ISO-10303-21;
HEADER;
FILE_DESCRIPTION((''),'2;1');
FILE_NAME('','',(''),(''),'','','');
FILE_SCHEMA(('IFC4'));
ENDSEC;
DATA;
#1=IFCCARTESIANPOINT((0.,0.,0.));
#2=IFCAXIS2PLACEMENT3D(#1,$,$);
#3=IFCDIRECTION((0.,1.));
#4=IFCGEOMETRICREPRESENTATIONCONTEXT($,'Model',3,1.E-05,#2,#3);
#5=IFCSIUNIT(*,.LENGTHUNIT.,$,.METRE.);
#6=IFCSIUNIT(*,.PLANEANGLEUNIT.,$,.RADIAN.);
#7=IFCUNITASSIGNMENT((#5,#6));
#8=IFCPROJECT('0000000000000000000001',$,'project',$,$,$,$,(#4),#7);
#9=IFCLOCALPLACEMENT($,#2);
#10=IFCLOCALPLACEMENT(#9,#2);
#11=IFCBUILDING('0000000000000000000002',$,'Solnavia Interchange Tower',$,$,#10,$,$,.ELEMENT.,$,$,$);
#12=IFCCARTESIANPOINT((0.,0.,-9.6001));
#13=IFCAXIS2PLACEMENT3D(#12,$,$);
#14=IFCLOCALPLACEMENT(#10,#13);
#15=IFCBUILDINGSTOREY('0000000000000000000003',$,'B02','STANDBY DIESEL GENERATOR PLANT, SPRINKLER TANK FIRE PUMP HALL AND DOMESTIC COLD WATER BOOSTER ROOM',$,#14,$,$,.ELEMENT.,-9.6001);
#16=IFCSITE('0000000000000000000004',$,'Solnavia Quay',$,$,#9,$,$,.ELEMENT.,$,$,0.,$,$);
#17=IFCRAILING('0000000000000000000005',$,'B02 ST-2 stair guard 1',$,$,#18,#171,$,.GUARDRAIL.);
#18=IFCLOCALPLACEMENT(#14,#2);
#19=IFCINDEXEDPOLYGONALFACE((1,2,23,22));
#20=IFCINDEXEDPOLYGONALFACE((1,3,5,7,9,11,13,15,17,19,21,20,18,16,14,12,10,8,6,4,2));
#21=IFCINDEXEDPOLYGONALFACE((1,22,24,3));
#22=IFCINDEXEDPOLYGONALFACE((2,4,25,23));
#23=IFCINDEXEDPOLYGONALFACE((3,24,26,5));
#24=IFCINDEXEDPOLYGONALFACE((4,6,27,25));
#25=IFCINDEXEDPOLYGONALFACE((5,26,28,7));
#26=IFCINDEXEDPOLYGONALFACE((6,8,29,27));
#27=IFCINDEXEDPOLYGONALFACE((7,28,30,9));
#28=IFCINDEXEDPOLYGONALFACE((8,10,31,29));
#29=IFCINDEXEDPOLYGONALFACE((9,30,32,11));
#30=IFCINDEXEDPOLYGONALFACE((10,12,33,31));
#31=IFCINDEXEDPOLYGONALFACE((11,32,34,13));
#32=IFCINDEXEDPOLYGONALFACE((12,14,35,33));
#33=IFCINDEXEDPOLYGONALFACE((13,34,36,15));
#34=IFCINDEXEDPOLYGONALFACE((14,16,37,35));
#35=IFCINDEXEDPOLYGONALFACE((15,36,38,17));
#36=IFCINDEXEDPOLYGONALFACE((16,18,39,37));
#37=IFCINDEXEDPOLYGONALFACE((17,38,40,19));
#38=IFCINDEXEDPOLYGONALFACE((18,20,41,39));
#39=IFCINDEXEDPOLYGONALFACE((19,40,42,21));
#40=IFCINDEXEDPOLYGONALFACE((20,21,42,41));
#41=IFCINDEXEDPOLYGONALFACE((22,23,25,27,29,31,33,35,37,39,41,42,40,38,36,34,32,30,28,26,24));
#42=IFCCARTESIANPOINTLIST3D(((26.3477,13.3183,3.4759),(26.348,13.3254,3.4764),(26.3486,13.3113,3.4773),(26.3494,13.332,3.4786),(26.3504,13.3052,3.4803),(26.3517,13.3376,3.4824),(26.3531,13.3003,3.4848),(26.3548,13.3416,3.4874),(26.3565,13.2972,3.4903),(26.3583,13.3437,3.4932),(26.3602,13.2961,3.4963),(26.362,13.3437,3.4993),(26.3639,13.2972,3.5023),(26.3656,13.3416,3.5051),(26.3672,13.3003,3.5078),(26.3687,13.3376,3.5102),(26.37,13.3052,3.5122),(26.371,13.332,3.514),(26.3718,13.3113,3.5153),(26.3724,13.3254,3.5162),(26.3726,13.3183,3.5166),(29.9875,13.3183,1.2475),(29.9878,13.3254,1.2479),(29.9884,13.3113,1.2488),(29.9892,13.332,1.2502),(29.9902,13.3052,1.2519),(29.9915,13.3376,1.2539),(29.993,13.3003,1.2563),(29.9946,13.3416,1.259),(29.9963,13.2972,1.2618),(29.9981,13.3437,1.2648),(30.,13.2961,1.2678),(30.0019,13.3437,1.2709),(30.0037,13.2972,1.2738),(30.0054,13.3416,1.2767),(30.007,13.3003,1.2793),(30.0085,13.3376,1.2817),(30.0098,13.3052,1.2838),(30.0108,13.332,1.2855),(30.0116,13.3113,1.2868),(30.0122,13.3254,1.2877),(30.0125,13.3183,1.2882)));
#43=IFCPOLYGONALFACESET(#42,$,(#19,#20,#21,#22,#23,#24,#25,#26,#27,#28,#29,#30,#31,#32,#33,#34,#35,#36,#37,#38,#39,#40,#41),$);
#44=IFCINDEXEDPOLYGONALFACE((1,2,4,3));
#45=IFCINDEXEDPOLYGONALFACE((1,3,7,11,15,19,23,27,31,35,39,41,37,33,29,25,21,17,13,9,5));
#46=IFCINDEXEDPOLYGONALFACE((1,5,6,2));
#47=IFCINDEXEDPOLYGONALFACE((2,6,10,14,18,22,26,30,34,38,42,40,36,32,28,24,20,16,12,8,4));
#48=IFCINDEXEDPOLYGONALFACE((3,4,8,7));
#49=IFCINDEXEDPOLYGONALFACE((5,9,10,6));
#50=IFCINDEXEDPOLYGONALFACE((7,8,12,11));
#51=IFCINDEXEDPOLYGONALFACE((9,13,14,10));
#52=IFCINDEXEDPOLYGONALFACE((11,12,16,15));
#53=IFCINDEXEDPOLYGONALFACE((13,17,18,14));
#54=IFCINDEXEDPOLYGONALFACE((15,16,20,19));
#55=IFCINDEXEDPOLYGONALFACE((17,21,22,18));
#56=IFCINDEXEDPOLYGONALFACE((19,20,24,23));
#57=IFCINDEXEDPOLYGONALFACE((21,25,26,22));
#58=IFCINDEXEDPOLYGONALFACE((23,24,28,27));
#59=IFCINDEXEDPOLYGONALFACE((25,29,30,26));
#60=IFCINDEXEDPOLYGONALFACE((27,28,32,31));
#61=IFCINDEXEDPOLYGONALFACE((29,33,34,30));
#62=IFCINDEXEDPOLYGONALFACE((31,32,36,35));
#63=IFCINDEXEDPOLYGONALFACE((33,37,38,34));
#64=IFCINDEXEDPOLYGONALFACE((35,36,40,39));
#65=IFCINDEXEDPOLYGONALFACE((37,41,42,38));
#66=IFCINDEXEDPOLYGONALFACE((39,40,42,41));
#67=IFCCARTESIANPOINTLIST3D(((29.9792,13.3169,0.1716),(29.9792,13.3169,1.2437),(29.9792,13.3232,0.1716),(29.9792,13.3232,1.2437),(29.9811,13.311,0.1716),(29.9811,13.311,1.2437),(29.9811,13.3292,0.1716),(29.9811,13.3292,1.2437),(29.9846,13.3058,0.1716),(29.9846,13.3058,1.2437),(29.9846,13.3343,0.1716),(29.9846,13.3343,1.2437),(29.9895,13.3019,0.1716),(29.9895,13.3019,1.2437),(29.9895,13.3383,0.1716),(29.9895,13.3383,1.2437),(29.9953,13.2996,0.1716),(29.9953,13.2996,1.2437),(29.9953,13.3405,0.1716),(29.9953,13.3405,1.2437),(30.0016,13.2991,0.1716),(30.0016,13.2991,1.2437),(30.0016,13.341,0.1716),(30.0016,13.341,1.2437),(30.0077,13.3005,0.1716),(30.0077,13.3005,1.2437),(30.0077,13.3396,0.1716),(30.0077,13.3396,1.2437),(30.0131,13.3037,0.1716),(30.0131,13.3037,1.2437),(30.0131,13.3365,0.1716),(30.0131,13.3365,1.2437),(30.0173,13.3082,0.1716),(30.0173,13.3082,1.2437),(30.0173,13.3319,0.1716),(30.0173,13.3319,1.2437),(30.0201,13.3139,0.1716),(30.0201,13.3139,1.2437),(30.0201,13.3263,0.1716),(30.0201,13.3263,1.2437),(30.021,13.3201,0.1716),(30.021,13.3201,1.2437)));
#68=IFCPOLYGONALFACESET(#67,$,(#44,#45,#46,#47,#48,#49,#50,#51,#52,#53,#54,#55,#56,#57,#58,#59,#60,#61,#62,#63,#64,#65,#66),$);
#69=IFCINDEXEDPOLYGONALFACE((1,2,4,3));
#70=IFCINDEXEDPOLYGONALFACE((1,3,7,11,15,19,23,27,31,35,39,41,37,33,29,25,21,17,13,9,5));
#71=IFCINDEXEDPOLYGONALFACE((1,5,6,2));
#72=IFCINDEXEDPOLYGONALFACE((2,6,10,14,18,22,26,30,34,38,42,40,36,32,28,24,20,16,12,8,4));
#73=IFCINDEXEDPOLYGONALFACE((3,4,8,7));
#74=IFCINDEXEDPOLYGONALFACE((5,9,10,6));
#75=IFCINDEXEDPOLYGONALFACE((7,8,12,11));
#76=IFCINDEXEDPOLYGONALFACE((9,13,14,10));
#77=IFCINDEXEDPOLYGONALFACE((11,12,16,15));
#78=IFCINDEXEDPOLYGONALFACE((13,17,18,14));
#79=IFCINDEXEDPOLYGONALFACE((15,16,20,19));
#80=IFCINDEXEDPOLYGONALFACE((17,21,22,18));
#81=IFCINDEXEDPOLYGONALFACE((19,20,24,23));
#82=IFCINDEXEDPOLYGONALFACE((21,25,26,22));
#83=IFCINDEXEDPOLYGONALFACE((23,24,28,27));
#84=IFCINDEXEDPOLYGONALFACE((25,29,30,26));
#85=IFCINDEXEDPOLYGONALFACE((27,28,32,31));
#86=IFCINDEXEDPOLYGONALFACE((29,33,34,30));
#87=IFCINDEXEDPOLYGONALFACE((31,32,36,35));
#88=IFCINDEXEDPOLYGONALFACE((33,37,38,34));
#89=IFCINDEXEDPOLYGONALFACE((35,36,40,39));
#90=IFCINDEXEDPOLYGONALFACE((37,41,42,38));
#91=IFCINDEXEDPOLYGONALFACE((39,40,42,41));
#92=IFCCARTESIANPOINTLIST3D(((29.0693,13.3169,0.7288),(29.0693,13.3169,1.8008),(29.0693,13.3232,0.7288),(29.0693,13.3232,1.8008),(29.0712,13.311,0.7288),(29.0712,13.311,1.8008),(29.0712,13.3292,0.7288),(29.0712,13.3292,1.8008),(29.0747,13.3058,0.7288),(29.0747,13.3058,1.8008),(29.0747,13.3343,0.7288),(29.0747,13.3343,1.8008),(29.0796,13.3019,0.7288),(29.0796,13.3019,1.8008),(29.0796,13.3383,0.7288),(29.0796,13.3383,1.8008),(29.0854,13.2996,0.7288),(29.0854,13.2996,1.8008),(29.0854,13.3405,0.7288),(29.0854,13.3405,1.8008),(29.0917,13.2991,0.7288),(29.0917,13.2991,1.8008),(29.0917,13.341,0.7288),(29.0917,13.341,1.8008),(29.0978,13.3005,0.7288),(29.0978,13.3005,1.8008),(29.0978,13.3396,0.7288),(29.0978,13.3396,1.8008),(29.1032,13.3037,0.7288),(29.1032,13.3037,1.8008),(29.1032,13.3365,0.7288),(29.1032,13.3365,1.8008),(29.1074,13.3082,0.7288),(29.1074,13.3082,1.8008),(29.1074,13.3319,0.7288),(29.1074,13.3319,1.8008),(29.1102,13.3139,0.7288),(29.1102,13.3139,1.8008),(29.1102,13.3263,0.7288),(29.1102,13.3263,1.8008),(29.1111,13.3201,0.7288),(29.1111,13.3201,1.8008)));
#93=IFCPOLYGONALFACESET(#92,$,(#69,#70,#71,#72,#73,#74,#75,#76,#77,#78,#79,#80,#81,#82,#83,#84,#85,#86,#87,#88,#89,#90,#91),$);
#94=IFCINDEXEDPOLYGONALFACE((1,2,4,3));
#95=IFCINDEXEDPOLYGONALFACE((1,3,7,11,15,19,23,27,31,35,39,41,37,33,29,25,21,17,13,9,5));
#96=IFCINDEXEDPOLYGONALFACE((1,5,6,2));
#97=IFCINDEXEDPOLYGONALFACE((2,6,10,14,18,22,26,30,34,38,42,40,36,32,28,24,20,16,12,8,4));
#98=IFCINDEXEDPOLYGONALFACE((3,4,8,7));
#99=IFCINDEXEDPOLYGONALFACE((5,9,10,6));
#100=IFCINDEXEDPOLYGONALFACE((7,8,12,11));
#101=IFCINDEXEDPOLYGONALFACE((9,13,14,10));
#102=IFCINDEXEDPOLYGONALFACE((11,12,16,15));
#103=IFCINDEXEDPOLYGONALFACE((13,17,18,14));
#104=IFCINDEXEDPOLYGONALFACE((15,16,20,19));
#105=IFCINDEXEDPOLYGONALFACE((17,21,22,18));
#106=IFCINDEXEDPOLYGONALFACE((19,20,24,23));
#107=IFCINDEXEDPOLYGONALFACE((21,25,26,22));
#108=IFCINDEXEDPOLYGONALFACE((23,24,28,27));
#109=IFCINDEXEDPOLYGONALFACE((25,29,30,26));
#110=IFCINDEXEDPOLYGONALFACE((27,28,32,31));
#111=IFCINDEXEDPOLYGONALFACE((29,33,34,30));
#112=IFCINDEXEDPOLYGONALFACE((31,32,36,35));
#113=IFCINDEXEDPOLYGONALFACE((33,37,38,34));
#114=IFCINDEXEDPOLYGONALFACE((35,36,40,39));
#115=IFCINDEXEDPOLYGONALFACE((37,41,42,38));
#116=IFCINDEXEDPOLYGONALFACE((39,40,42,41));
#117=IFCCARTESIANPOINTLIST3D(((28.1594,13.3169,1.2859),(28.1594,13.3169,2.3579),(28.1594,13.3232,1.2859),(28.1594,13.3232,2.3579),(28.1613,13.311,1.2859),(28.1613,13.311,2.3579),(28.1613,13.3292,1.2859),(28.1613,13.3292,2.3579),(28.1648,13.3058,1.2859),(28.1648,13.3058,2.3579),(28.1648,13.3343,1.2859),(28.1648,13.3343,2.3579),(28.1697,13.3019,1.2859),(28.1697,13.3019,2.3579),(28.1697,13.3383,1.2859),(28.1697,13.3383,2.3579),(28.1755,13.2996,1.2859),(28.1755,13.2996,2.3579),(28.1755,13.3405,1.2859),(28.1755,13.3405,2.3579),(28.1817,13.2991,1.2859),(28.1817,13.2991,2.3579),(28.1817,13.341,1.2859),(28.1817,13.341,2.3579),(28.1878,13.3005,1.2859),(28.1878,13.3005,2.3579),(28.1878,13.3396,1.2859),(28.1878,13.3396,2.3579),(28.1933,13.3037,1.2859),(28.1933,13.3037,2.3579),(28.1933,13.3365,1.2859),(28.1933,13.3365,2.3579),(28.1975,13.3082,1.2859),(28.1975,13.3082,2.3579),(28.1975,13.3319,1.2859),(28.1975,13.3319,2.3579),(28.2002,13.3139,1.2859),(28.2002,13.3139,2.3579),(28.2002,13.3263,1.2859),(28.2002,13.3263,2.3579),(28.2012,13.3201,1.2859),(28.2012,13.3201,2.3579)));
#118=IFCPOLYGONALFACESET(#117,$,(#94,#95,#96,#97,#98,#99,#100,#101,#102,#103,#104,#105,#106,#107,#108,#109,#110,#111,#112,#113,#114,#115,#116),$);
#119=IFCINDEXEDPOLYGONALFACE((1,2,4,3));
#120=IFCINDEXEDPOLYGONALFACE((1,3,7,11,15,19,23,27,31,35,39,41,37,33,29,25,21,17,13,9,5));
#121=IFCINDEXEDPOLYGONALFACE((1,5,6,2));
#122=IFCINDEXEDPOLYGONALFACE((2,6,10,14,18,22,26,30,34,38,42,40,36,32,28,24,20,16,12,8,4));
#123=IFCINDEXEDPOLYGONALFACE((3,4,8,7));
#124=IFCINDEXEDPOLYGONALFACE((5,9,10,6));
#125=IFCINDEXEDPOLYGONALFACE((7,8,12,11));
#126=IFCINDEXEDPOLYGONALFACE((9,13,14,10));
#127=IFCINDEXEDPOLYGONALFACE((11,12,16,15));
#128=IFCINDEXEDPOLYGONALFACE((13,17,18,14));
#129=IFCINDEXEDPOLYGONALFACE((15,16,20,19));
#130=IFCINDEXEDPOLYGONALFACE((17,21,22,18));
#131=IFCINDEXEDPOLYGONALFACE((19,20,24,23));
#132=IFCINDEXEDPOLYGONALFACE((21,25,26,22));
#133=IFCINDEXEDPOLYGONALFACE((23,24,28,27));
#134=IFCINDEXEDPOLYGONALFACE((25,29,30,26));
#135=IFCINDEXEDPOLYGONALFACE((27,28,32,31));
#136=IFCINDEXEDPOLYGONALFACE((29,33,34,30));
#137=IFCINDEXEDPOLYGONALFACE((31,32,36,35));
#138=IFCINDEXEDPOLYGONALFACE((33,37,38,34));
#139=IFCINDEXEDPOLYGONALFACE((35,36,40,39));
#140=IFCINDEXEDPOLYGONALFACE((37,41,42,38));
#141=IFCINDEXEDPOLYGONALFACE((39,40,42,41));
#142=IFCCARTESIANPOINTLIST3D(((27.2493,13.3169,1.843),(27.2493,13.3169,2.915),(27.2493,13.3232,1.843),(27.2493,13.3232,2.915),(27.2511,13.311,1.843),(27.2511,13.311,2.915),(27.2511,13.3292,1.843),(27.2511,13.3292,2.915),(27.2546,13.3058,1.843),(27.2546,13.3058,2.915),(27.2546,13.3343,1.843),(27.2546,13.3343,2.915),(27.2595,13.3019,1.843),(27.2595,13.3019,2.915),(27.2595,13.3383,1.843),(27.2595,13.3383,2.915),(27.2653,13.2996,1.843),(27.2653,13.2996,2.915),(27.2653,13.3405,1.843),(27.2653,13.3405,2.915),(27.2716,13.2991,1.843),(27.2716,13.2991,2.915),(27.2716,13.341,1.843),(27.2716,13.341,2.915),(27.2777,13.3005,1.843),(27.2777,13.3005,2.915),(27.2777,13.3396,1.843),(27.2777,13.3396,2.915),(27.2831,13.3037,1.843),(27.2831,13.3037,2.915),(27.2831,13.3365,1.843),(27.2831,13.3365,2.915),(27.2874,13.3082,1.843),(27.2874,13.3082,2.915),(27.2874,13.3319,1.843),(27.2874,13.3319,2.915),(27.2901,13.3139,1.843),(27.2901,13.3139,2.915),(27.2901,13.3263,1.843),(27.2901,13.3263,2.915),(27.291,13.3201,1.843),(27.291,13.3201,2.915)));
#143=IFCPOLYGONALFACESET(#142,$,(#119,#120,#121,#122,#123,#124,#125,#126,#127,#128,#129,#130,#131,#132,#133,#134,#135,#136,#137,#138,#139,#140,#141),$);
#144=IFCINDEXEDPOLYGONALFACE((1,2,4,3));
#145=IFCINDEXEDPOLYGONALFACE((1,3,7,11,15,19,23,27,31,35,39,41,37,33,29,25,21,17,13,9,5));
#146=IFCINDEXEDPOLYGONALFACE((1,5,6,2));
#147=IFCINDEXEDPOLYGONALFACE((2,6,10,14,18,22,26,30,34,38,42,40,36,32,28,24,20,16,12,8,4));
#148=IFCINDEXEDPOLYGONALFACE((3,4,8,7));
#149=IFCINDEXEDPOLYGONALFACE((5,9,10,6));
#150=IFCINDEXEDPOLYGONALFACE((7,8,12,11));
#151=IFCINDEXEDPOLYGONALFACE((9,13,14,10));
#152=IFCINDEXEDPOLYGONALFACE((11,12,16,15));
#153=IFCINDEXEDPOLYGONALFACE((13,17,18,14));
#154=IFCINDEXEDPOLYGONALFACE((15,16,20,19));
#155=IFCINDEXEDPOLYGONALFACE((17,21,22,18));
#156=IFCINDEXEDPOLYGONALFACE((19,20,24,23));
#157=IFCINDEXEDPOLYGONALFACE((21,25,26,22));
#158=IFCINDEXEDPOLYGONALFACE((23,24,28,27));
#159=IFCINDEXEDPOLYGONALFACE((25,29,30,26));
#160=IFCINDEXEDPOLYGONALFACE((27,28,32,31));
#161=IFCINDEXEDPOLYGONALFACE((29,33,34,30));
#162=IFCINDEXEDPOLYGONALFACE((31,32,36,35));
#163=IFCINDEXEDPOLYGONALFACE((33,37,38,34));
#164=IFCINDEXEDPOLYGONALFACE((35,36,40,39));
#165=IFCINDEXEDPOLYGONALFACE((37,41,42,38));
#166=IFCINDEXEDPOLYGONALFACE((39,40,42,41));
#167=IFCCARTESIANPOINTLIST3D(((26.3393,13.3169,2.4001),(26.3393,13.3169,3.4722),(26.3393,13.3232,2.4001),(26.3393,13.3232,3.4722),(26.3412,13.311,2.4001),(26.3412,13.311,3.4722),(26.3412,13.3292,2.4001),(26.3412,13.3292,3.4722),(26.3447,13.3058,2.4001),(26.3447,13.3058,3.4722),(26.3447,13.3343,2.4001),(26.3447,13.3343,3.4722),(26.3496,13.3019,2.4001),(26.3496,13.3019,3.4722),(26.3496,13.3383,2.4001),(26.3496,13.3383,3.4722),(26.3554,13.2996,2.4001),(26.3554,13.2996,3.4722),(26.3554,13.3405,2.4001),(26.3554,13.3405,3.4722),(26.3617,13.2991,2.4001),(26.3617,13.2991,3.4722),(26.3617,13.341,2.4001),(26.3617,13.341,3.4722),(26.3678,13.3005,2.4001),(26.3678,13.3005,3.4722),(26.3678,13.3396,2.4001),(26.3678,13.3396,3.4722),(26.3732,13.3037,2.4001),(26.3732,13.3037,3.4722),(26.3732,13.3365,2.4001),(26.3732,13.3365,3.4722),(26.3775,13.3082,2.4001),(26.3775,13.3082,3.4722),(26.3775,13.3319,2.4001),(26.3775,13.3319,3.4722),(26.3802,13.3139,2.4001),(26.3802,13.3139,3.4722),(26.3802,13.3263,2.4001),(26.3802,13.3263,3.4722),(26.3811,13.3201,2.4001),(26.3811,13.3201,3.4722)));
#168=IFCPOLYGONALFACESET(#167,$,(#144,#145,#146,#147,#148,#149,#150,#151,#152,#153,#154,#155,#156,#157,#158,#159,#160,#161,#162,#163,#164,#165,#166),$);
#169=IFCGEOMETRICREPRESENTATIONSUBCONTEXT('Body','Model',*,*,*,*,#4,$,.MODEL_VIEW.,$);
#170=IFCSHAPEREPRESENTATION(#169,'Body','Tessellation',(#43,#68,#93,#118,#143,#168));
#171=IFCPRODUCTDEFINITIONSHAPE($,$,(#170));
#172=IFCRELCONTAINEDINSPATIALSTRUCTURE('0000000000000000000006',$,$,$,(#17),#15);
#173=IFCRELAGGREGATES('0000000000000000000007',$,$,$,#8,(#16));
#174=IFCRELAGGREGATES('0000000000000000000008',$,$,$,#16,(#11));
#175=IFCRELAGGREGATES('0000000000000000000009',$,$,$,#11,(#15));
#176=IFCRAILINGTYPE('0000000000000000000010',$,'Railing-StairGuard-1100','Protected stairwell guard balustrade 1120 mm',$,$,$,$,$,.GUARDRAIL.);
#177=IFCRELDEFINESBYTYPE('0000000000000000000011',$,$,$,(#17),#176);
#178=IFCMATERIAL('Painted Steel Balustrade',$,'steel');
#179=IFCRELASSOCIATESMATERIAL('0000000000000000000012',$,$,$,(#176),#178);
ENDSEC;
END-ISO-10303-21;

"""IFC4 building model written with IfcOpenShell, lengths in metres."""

from ifc_helpers import new_model, si_unit, direction, frame, origin, origin_2d, place, context, subcontext, project, spatial, circle, extrude, material, type_object, element, save


model = new_model("IFC4")

# Units and contexts
model_context = context("Model", 3, precision=1e-05, world=origin(), true_north=direction((0.0, 1.0)))
body_context = subcontext(model_context, "Body", "Model", "MODEL_VIEW")
ifc_project = project(units=[si_unit("LENGTHUNIT", "METRE"), si_unit("PLANEANGLEUNIT", "RADIAN")], contexts=[model_context])

# Site, building, storey
site_placement = place(None, origin())
site = spatial("IfcSite", under=ifc_project, at=site_placement, Name="Solnavia Quay", CompositionType="ELEMENT", RefElevation=0.0)
building_placement = place(site_placement, origin())
building = spatial("IfcBuilding", under=site, at=building_placement, Name="Solnavia Interchange Tower", CompositionType="ELEMENT")
storey_placement = place(building_placement, frame((0.0, 0.0, -9.6001)))
storey = spatial("IfcBuildingStorey", under=building, at=storey_placement, Name="B02", Description="STANDBY DIESEL GENERATOR PLANT, SPRINKLER TANK FIRE PUMP HALL AND DOMESTIC COLD WATER BOOSTER ROOM", CompositionType="ELEMENT", Elevation=-9.6001)

# Railing
ifc_material_1 = material(Name="Painted Steel Balustrade", Category="steel")
railing_type_1 = type_object("IfcRailingType", Name="Railing-StairGuard-1100", Description="Protected stairwell guard balustrade 1120 mm", PredefinedType="GUARDRAIL", material=ifc_material_1)
railing_1_placement = place(storey_placement, frame((30.0, 13.3201, 0.1716)))
element("IfcRailing", 1, at=railing_1_placement, inside=storey, type_object=railing_type_1, Name="B02 ST-2 stair guard 1", PredefinedType="GUARDRAIL", context=body_context, shape_type="SweptSolid", body=[
    extrude(circle(Radius=0.0239, at=origin_2d()), frame((0.0, 0.0, 1.0962), z_axis=(-0.85285, 0.0, 0.522156), x_axis=(0.0, -1.0, 0.0)), (0.0, 0.0, 1.0), 4.2678),
    extrude(circle(Radius=0.021, at=origin_2d()), origin(), (0.0, 0.0, 1.0), 1.072),
    extrude(circle(Radius=0.021, at=origin_2d()), frame((-0.9099, 0.0, 0.5571)), (0.0, 0.0, 1.0), 1.072),
    extrude(circle(Radius=0.021, at=origin_2d()), frame((-1.8198, 0.0, 1.1143)), (0.0, 0.0, 1.0), 1.072),
    extrude(circle(Radius=0.021, at=origin_2d()), frame((-2.73, 0.0, 1.6714)), (0.0, 0.0, 1.0), 1.072),
    extrude(circle(Radius=0.021, at=origin_2d()), frame((-3.6399, 0.0, 2.2285)), (0.0, 0.0, 1.0), 1.072),
])

save(model, "model.ifc")
